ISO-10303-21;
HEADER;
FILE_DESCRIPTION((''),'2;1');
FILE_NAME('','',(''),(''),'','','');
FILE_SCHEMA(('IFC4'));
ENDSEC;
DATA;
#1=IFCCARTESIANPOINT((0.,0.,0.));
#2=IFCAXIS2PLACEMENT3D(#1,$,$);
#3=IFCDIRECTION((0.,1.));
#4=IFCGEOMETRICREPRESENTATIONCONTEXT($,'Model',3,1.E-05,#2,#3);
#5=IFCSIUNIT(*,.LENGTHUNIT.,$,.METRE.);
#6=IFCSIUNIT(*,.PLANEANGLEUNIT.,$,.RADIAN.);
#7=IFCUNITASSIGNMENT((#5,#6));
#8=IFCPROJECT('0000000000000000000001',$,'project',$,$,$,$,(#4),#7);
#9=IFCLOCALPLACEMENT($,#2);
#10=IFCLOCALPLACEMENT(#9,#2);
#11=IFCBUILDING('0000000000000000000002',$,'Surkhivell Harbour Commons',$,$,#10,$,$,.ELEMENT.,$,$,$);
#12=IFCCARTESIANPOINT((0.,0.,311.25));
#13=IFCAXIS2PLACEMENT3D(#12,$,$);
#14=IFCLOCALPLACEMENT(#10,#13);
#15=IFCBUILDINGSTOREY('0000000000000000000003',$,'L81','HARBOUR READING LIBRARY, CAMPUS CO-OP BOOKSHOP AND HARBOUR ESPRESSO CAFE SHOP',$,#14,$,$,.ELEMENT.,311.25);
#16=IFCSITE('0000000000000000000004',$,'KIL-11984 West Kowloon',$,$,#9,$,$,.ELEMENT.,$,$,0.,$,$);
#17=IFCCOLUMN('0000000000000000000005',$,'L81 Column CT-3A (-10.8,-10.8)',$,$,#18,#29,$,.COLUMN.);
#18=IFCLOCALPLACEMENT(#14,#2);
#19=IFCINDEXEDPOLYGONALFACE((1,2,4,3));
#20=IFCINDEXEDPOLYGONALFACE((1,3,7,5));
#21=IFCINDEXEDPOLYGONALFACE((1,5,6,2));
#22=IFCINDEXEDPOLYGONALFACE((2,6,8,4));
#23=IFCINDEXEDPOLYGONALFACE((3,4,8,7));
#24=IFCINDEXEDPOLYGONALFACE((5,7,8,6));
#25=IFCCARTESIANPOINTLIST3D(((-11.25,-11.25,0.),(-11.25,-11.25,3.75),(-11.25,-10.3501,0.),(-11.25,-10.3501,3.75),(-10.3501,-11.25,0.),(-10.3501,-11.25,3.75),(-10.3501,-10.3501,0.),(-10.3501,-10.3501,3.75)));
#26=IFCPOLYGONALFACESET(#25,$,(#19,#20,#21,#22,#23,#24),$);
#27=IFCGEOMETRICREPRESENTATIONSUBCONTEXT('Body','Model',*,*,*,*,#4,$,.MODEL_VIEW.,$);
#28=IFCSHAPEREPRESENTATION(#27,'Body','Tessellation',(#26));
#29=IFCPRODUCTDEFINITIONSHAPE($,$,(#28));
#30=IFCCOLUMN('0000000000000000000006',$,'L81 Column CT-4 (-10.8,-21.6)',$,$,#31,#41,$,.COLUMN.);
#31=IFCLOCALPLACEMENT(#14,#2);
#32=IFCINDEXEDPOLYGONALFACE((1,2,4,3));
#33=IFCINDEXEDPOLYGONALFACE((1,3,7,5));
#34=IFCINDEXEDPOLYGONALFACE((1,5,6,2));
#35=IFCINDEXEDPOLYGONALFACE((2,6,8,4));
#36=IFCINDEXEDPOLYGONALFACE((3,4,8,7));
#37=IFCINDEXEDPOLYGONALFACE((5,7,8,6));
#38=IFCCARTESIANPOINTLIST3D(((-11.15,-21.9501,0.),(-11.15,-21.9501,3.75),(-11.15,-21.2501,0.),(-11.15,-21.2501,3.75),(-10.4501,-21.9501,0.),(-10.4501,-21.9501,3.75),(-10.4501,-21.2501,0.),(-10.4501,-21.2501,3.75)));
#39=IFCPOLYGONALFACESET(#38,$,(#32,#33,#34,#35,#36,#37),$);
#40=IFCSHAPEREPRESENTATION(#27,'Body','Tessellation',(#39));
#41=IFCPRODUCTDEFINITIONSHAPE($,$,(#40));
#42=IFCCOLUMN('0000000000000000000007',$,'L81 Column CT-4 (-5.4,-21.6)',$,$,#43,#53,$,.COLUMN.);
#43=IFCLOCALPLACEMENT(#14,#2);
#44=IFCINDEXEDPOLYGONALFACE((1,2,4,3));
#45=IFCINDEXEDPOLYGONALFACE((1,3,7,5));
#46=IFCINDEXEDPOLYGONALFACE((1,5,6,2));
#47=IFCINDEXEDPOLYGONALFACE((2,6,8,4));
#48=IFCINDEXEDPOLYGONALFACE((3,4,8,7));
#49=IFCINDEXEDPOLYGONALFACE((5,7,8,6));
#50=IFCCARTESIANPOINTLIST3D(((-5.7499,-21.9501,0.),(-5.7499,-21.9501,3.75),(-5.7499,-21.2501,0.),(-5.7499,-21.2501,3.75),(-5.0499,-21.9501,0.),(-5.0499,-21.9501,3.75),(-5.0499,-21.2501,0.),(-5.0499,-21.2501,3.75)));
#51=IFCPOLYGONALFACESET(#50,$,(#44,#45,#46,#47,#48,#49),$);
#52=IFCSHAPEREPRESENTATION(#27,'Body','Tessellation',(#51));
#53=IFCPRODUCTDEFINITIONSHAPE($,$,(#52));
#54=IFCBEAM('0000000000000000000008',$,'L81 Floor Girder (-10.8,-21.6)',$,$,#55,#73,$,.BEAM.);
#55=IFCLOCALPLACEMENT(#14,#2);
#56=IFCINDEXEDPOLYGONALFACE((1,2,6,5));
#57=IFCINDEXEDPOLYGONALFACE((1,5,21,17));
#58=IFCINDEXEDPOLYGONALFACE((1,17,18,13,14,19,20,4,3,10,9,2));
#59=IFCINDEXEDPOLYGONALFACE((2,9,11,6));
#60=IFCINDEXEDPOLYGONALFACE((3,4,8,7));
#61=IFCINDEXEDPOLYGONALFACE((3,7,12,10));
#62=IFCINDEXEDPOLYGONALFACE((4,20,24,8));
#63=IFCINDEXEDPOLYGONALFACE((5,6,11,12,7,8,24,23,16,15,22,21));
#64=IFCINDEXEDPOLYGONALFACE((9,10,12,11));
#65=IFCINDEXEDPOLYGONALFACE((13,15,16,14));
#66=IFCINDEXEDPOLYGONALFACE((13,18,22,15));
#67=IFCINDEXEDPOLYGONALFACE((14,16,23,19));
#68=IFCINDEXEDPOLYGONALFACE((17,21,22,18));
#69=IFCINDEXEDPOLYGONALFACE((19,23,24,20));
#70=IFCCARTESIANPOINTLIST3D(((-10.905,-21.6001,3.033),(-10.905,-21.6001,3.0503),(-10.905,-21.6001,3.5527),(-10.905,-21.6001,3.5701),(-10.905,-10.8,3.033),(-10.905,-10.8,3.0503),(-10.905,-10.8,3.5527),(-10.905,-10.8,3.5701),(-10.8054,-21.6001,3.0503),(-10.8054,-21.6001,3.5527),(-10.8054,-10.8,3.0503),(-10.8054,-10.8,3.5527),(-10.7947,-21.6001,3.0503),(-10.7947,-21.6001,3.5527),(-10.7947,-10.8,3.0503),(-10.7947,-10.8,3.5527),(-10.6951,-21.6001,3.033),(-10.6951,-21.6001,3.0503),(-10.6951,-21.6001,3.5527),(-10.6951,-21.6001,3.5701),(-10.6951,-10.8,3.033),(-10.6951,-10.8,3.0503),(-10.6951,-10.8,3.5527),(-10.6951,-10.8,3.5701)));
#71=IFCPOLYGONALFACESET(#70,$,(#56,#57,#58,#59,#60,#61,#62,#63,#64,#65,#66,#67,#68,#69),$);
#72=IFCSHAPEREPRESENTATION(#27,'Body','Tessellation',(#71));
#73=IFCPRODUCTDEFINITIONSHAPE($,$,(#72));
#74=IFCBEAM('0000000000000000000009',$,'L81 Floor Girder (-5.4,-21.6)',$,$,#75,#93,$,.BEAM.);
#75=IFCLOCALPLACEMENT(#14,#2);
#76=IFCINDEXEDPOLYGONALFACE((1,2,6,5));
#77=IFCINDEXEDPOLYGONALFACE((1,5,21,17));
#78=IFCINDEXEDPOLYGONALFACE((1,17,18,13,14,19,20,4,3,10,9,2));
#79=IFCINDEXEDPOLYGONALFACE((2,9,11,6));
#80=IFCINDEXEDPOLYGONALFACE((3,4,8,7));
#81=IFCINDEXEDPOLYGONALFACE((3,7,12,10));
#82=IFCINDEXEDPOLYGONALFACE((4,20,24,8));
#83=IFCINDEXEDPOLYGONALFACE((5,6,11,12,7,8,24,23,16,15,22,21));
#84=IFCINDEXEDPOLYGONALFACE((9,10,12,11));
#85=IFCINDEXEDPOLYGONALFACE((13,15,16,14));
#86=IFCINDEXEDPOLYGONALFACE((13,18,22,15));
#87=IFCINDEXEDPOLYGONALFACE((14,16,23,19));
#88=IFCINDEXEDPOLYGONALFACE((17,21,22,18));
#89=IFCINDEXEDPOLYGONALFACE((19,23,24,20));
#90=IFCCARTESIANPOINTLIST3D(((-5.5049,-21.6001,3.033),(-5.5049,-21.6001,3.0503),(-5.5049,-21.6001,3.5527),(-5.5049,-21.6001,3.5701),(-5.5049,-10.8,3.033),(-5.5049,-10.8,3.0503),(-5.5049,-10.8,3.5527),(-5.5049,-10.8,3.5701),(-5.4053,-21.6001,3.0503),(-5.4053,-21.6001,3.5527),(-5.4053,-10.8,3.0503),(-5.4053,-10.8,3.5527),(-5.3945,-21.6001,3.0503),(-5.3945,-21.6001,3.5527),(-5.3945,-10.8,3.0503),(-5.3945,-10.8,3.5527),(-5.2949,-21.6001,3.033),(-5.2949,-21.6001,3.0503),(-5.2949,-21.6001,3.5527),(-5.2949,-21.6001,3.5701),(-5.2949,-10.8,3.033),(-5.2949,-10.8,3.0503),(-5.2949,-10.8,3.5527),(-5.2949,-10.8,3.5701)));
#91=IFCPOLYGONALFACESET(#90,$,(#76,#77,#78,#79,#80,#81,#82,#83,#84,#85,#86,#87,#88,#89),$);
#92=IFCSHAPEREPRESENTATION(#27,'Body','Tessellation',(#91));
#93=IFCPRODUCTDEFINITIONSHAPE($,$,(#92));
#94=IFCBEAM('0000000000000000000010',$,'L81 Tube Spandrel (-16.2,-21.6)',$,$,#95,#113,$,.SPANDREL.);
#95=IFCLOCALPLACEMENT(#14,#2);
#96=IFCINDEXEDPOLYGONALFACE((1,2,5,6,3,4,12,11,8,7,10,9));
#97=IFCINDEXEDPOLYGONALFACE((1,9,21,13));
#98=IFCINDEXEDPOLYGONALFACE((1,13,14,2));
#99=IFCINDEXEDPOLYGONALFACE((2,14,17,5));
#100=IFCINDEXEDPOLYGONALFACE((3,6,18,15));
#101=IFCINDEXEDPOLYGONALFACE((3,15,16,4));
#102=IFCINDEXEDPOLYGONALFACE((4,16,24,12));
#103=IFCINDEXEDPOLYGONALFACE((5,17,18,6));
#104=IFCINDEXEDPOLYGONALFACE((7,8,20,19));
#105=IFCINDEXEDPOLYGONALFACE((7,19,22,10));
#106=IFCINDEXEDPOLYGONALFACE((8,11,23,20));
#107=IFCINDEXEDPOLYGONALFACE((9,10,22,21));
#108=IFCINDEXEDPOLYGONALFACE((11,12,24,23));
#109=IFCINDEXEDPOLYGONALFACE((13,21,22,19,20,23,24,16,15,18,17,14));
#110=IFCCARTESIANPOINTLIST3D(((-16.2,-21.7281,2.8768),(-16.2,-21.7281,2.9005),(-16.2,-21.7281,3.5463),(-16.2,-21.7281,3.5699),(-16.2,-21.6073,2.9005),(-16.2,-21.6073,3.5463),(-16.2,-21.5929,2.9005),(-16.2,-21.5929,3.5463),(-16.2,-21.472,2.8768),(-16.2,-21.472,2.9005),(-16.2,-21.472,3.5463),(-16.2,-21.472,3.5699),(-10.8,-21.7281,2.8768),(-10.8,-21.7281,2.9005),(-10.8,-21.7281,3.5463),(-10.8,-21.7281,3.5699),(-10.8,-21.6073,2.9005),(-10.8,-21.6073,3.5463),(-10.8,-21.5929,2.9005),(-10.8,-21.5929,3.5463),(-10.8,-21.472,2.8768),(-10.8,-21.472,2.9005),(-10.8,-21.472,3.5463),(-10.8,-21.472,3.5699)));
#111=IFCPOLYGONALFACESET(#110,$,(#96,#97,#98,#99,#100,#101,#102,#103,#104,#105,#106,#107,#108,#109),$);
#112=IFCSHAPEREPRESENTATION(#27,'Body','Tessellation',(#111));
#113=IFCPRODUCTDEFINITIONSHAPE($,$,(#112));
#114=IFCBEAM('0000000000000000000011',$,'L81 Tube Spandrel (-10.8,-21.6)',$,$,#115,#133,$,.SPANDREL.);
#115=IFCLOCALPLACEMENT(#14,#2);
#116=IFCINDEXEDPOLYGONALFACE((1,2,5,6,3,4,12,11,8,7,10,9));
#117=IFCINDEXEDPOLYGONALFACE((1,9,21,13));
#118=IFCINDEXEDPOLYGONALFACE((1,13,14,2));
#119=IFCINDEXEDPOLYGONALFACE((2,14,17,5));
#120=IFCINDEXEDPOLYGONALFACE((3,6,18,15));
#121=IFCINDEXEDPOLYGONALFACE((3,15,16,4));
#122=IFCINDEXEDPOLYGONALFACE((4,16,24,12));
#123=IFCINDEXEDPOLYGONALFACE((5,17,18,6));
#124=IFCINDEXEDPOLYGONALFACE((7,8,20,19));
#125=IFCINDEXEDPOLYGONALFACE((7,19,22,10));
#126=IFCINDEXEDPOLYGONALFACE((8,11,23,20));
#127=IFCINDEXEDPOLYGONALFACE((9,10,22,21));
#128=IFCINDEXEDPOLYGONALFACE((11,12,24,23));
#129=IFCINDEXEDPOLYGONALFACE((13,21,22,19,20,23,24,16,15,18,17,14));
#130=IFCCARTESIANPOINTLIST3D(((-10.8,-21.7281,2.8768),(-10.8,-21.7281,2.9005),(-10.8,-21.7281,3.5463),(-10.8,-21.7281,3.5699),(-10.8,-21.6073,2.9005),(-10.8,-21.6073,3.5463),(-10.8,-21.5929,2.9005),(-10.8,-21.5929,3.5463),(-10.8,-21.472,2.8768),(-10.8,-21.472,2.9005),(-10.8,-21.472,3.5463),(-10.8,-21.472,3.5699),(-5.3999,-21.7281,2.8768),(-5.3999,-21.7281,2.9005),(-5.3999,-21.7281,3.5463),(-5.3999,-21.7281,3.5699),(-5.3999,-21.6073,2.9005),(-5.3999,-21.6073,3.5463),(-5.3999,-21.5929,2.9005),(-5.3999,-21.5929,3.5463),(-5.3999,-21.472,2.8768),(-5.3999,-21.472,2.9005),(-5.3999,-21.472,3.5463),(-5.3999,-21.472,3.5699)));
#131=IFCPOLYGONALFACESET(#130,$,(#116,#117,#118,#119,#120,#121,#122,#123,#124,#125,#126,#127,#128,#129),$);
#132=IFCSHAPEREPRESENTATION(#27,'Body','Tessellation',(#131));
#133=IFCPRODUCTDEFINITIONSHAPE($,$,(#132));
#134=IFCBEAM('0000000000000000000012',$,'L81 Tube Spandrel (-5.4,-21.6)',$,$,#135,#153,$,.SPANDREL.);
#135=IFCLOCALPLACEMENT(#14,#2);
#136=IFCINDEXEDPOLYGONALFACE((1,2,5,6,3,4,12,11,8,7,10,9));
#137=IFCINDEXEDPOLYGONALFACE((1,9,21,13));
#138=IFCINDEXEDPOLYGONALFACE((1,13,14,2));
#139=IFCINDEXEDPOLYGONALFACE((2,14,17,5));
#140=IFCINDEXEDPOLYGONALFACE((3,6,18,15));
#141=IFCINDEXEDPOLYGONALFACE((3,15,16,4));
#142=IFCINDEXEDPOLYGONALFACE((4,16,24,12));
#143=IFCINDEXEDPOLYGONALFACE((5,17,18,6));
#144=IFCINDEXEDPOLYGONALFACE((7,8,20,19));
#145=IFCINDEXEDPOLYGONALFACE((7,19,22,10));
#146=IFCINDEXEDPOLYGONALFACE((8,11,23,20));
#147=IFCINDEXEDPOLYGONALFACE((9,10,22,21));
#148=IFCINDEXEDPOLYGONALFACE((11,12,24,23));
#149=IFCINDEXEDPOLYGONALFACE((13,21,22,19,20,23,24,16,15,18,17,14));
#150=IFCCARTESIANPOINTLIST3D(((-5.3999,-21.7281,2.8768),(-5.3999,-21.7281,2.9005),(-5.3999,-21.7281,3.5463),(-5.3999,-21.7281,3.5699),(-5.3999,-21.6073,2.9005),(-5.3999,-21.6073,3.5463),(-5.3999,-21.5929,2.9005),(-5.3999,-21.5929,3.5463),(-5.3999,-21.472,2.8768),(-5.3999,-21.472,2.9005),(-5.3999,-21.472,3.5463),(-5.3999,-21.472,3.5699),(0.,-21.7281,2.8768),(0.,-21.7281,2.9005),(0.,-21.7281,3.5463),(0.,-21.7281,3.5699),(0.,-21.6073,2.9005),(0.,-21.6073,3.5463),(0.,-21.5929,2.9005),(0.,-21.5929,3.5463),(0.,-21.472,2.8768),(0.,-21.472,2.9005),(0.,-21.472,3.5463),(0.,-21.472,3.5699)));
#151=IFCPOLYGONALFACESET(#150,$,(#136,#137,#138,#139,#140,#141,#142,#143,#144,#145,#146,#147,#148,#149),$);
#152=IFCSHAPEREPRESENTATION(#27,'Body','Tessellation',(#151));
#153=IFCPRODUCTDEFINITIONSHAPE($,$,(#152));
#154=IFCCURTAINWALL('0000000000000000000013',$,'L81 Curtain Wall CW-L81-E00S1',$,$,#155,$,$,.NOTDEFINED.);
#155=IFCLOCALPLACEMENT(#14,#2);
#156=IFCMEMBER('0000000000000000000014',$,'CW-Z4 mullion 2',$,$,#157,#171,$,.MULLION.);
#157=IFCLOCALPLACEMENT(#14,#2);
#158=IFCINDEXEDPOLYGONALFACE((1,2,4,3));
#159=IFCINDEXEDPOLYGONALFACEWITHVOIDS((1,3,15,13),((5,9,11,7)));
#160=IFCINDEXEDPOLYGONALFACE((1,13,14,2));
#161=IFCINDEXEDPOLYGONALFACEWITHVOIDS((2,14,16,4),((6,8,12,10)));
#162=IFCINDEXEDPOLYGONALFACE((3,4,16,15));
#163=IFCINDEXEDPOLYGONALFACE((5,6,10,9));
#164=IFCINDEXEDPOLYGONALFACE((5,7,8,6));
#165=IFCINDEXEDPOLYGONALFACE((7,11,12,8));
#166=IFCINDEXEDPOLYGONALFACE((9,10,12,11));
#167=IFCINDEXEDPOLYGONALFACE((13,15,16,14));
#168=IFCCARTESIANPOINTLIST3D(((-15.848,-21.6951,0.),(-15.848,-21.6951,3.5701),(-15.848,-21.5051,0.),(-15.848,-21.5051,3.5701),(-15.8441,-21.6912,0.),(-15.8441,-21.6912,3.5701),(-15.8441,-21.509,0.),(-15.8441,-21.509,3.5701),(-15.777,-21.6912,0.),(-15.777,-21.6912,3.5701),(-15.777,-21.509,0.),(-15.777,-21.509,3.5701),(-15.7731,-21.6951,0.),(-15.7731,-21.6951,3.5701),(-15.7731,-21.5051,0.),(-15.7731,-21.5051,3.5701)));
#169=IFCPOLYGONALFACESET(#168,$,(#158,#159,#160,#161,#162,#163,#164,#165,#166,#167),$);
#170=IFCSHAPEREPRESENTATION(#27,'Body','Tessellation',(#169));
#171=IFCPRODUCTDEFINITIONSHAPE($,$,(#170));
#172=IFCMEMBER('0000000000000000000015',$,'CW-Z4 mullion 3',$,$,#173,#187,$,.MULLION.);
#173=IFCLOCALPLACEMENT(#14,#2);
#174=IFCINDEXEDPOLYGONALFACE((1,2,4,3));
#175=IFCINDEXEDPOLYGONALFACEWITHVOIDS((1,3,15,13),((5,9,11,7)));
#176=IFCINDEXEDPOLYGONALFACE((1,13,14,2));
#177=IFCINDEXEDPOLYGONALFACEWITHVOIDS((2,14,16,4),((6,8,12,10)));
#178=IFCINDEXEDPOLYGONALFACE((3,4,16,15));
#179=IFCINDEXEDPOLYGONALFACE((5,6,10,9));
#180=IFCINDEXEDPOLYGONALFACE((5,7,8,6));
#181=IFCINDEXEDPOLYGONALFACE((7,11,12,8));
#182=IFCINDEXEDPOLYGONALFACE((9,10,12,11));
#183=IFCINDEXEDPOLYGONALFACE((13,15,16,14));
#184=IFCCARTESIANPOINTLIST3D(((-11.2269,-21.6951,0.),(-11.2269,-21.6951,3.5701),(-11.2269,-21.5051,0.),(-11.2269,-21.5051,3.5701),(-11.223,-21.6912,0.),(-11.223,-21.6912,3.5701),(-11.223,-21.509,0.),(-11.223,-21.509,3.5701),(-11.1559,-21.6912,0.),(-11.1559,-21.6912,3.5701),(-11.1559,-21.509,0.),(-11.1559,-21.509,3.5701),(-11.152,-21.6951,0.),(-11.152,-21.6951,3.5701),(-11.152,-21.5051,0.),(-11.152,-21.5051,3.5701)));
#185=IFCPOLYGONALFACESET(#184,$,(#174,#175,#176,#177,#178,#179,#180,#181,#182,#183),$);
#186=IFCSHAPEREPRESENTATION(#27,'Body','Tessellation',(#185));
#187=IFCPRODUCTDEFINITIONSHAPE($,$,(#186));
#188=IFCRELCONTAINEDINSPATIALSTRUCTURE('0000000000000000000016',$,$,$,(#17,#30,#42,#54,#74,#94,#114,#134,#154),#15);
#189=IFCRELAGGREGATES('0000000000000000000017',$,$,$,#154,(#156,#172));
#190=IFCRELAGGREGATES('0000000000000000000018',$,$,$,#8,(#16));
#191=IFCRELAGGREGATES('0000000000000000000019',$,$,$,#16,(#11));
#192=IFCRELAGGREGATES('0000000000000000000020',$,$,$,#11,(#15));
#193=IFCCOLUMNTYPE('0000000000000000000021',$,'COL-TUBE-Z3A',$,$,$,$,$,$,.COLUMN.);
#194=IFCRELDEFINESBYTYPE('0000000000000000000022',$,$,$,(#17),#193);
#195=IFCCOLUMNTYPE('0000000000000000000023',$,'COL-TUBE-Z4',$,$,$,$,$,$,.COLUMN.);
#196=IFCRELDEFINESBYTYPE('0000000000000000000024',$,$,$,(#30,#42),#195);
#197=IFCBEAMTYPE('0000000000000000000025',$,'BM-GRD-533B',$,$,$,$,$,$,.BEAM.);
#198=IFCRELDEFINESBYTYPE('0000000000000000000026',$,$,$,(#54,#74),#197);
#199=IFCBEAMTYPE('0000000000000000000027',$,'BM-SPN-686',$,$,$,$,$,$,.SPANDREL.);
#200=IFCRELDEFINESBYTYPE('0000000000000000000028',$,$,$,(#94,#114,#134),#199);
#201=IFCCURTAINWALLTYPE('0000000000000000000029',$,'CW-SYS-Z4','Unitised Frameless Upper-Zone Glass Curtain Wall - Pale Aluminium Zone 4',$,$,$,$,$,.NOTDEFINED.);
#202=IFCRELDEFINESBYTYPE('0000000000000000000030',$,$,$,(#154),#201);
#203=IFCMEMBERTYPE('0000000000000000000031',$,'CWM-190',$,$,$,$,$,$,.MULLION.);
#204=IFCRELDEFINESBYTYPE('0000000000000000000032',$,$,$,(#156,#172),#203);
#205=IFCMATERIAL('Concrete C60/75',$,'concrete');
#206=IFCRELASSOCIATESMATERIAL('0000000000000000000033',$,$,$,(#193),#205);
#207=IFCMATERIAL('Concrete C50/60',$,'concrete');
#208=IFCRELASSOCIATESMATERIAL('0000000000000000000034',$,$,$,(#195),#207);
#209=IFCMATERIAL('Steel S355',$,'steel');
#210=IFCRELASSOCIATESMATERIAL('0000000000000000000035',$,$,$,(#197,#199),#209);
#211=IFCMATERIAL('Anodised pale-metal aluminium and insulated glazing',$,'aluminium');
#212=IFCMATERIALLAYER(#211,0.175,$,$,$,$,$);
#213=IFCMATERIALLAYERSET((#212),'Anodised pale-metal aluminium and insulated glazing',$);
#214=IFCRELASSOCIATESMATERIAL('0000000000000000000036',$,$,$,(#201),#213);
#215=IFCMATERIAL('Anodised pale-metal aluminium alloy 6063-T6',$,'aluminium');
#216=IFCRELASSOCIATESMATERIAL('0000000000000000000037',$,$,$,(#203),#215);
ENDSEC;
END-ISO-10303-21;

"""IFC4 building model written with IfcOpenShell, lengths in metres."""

from ifc_helpers import new_model, si_unit, direction, frame, origin, origin_2d, place, context, subcontext, project, spatial, rectangle, hollow_rectangle, i_section, extrude, material, layer, layer_set, material_profile, profile_set, type_object, element, aggregate, save


model = new_model("IFC4")

# Units and contexts
model_context = context("Model", 3, precision=1e-05, world=origin(), true_north=direction((0.0, 1.0)))
body_context = subcontext(model_context, "Body", "Model", "MODEL_VIEW")
ifc_project = project(units=[si_unit("LENGTHUNIT", "METRE"), si_unit("PLANEANGLEUNIT", "RADIAN")], contexts=[model_context])

# Site, building, storey
site_placement = place(None, origin())
site = spatial("IfcSite", under=ifc_project, at=site_placement, Name="KIL-11984 West Kowloon", CompositionType="ELEMENT", RefElevation=0.0)
building_placement = place(site_placement, origin())
building = spatial("IfcBuilding", under=site, at=building_placement, Name="Surkhivell Harbour Commons", CompositionType="ELEMENT")
storey_placement = place(building_placement, frame((0.0, 0.0, 311.25)))
storey = spatial("IfcBuildingStorey", under=building, at=storey_placement, Name="L81", Description="HARBOUR READING LIBRARY, CAMPUS CO-OP BOOKSHOP AND HARBOUR ESPRESSO CAFE SHOP", CompositionType="ELEMENT", Elevation=311.25)

# Columns
ifc_material_1 = material(Name="Concrete C60/75", Category="concrete")
ifc_material_profile_1 = material_profile(ifc_material_1, rectangle(XDim=0.8999, YDim=0.8999, at=origin_2d()), Name="RC-COL-900x900")
ifc_profile_set_1 = profile_set([ifc_material_profile_1], Name="Concrete C60/75")
column_type_1 = type_object("IfcColumnType", Name="COL-TUBE-Z3A", PredefinedType="COLUMN", material=ifc_profile_set_1)
column_placement = place(storey_placement, frame((-10.8, -10.8, 0.0), z_axis=(0.0, 0.0, 1.0), x_axis=(1.0, 0.0, 0.0)))
element("IfcColumn", 1, at=column_placement, inside=storey, type_object=column_type_1, Name="L81 Column CT-3A (-10.8,-10.8)", PredefinedType="COLUMN", context=body_context, shape_type="SweptSolid", body=[
    extrude(rectangle(XDim=0.8999, YDim=0.8999, at=origin_2d()), origin(), (0.0, 0.0, 1.0), 3.75),
])
ifc_material_2 = material(Name="Concrete C50/60", Category="concrete")
ifc_material_profile_2 = material_profile(ifc_material_2, rectangle(XDim=0.7, YDim=0.7, at=origin_2d()), Name="RC-COL-700x700")
ifc_profile_set_2 = profile_set([ifc_material_profile_2], Name="Concrete C50/60")
column_type_2 = type_object("IfcColumnType", Name="COL-TUBE-Z4", PredefinedType="COLUMN", material=ifc_profile_set_2)
for number, where, z_axis, x_axis, name in (
    (2, (-10.8, -21.6001, 0.0), (0.0, 0.0, 1.0), (1.0, 0.0, 0.0), "L81 Column CT-4 (-10.8,-21.6)"),
    (3, (-5.3999, -21.6001, 0.0), (0.0, 0.0, 1.0), (1.0, 0.0, 0.0), "L81 Column CT-4 (-5.4,-21.6)"),
):
    element("IfcColumn", number, at=place(storey_placement, frame(where, z_axis=z_axis, x_axis=x_axis)), inside=storey, type_object=column_type_2, Name=name, PredefinedType="COLUMN", context=body_context, shape_type="SweptSolid", body=[
        extrude(rectangle(XDim=0.7, YDim=0.7, at=origin_2d()), origin(), (0.0, 0.0, 1.0), 3.75),
    ])

# Beams
ifc_material_3 = material(Name="Steel S355", Category="steel")
ifc_material_profile_3 = material_profile(ifc_material_3, i_section(OverallWidth=0.21, OverallDepth=0.5371, WebThickness=0.0107, FlangeThickness=0.0173, at=origin_2d()), Name="UB533x210x101")
ifc_profile_set_3 = profile_set([ifc_material_profile_3], Name="Steel S355")
beam_type_1 = type_object("IfcBeamType", Name="BM-GRD-533B", PredefinedType="BEAM", material=ifc_profile_set_3)
for number, where, z_axis, x_axis, name in (
    (4, (-10.8, -21.6001, 3.3015), (0.0, 1.0, 0.0), (-1.0, 0.0, 0.0), "L81 Floor Girder (-10.8,-21.6)"),
    (5, (-5.3999, -21.6001, 3.3015), (0.0, 1.0, 0.0), (-1.0, 0.0, 0.0), "L81 Floor Girder (-5.4,-21.6)"),
):
    element("IfcBeam", number, at=place(storey_placement, frame(where, z_axis=z_axis, x_axis=x_axis)), inside=storey, type_object=beam_type_1, Name=name, PredefinedType="BEAM", context=body_context, shape_type="SweptSolid", body=[
        extrude(i_section(OverallWidth=0.21, OverallDepth=0.5371, WebThickness=0.0107, FlangeThickness=0.0173, at=origin_2d()), origin(), (0.0, 0.0, 1.0), 10.8),
    ])
ifc_material_profile_4 = material_profile(ifc_material_3, i_section(OverallWidth=0.2561, OverallDepth=0.6931, WebThickness=0.0144, FlangeThickness=0.0237, at=origin_2d()), Name="UB686x254x170")
ifc_profile_set_4 = profile_set([ifc_material_profile_4], Name="Steel S355")
beam_type_2 = type_object("IfcBeamType", Name="BM-SPN-686", PredefinedType="SPANDREL", material=ifc_profile_set_4)
beam_1_placement = place(storey_placement, frame((-16.2, -21.6001, 3.2234), z_axis=(1.0, 0.0, 0.0), x_axis=(0.0, 1.0, 0.0)))
element("IfcBeam", 6, at=beam_1_placement, inside=storey, type_object=beam_type_2, Name="L81 Tube Spandrel (-16.2,-21.6)", PredefinedType="SPANDREL", context=body_context, shape_type="SweptSolid", body=[
    extrude(i_section(OverallWidth=0.2561, OverallDepth=0.6931, WebThickness=0.0144, FlangeThickness=0.0237, at=origin_2d()), origin(), (0.0, 0.0, 1.0), 5.3999),
])
beam_2_placement = place(storey_placement, frame((-10.8, -21.6001, 3.2234), z_axis=(1.0, 0.0, 0.0), x_axis=(0.0, 1.0, 0.0)))
element("IfcBeam", 7, at=beam_2_placement, inside=storey, type_object=beam_type_2, Name="L81 Tube Spandrel (-10.8,-21.6)", PredefinedType="SPANDREL", context=body_context, shape_type="SweptSolid", body=[
    extrude(i_section(OverallWidth=0.2561, OverallDepth=0.6931, WebThickness=0.0144, FlangeThickness=0.0237, at=origin_2d()), origin(), (0.0, 0.0, 1.0), 5.4001),
])
beam_3_placement = place(storey_placement, frame((-5.3999, -21.6001, 3.2234), z_axis=(1.0, 0.0, 0.0), x_axis=(0.0, 1.0, 0.0)))
element("IfcBeam", 8, at=beam_3_placement, inside=storey, type_object=beam_type_2, Name="L81 Tube Spandrel (-5.4,-21.6)", PredefinedType="SPANDREL", context=body_context, shape_type="SweptSolid", body=[
    extrude(i_section(OverallWidth=0.2561, OverallDepth=0.6931, WebThickness=0.0144, FlangeThickness=0.0237, at=origin_2d()), origin(), (0.0, 0.0, 1.0), 5.3999),
])

# Curtain wall, members
ifc_material_4 = material(Name="Anodised pale-metal aluminium and insulated glazing", Category="aluminium")
ifc_layer_1 = layer(ifc_material_4, 0.175)
ifc_layer_set_1 = layer_set([ifc_layer_1], Name="Anodised pale-metal aluminium and insulated glazing")
curtain_wall_type = type_object("IfcCurtainWallType", Name="CW-SYS-Z4", Description="Unitised Frameless Upper-Zone Glass Curtain Wall - Pale Aluminium Zone 4", PredefinedType="NOTDEFINED", material=ifc_layer_set_1)
curtain_wall_placement = place(storey_placement, origin())
curtain_wall = element("IfcCurtainWall", 9, at=curtain_wall_placement, inside=storey, type_object=curtain_wall_type, Name="L81 Curtain Wall CW-L81-E00S1", PredefinedType="NOTDEFINED")
ifc_material_5 = material(Name="Anodised pale-metal aluminium alloy 6063-T6", Category="aluminium")
ifc_material_profile_5 = material_profile(ifc_material_5, hollow_rectangle(XDim=0.075, YDim=0.1899, WallThickness=0.0039, at=origin_2d()), Name="ALU-MULL-75x190")
ifc_profile_set_5 = profile_set([ifc_material_profile_5], Name="Anodised pale-metal aluminium alloy 6063-T6")
member_type_1 = type_object("IfcMemberType", Name="CWM-190", PredefinedType="MULLION", material=ifc_profile_set_5)
member_1_placement = place(storey_placement, frame((-15.8105, -21.6001, 0.0), z_axis=(0.0, 0.0, 1.0), x_axis=(1.0, 0.0, 0.0)))
member_1 = element("IfcMember", 10, at=member_1_placement, type_object=member_type_1, Name="CW-Z4 mullion 2", PredefinedType="MULLION", context=body_context, shape_type="SweptSolid", body=[
    extrude(hollow_rectangle(XDim=0.075, YDim=0.1899, WallThickness=0.0039, at=origin_2d()), origin(), (0.0, 0.0, 1.0), 3.5701),
])
member_2_placement = place(storey_placement, frame((-11.1895, -21.6001, 0.0), z_axis=(0.0, 0.0, 1.0), x_axis=(1.0, 0.0, 0.0)))
member_2 = element("IfcMember", 11, at=member_2_placement, type_object=member_type_1, Name="CW-Z4 mullion 3", PredefinedType="MULLION", context=body_context, shape_type="SweptSolid", body=[
    extrude(hollow_rectangle(XDim=0.075, YDim=0.1899, WallThickness=0.0039, at=origin_2d()), origin(), (0.0, 0.0, 1.0), 3.5701),
])

aggregate(curtain_wall, [member_1, member_2])

save(model, "model.ifc")
